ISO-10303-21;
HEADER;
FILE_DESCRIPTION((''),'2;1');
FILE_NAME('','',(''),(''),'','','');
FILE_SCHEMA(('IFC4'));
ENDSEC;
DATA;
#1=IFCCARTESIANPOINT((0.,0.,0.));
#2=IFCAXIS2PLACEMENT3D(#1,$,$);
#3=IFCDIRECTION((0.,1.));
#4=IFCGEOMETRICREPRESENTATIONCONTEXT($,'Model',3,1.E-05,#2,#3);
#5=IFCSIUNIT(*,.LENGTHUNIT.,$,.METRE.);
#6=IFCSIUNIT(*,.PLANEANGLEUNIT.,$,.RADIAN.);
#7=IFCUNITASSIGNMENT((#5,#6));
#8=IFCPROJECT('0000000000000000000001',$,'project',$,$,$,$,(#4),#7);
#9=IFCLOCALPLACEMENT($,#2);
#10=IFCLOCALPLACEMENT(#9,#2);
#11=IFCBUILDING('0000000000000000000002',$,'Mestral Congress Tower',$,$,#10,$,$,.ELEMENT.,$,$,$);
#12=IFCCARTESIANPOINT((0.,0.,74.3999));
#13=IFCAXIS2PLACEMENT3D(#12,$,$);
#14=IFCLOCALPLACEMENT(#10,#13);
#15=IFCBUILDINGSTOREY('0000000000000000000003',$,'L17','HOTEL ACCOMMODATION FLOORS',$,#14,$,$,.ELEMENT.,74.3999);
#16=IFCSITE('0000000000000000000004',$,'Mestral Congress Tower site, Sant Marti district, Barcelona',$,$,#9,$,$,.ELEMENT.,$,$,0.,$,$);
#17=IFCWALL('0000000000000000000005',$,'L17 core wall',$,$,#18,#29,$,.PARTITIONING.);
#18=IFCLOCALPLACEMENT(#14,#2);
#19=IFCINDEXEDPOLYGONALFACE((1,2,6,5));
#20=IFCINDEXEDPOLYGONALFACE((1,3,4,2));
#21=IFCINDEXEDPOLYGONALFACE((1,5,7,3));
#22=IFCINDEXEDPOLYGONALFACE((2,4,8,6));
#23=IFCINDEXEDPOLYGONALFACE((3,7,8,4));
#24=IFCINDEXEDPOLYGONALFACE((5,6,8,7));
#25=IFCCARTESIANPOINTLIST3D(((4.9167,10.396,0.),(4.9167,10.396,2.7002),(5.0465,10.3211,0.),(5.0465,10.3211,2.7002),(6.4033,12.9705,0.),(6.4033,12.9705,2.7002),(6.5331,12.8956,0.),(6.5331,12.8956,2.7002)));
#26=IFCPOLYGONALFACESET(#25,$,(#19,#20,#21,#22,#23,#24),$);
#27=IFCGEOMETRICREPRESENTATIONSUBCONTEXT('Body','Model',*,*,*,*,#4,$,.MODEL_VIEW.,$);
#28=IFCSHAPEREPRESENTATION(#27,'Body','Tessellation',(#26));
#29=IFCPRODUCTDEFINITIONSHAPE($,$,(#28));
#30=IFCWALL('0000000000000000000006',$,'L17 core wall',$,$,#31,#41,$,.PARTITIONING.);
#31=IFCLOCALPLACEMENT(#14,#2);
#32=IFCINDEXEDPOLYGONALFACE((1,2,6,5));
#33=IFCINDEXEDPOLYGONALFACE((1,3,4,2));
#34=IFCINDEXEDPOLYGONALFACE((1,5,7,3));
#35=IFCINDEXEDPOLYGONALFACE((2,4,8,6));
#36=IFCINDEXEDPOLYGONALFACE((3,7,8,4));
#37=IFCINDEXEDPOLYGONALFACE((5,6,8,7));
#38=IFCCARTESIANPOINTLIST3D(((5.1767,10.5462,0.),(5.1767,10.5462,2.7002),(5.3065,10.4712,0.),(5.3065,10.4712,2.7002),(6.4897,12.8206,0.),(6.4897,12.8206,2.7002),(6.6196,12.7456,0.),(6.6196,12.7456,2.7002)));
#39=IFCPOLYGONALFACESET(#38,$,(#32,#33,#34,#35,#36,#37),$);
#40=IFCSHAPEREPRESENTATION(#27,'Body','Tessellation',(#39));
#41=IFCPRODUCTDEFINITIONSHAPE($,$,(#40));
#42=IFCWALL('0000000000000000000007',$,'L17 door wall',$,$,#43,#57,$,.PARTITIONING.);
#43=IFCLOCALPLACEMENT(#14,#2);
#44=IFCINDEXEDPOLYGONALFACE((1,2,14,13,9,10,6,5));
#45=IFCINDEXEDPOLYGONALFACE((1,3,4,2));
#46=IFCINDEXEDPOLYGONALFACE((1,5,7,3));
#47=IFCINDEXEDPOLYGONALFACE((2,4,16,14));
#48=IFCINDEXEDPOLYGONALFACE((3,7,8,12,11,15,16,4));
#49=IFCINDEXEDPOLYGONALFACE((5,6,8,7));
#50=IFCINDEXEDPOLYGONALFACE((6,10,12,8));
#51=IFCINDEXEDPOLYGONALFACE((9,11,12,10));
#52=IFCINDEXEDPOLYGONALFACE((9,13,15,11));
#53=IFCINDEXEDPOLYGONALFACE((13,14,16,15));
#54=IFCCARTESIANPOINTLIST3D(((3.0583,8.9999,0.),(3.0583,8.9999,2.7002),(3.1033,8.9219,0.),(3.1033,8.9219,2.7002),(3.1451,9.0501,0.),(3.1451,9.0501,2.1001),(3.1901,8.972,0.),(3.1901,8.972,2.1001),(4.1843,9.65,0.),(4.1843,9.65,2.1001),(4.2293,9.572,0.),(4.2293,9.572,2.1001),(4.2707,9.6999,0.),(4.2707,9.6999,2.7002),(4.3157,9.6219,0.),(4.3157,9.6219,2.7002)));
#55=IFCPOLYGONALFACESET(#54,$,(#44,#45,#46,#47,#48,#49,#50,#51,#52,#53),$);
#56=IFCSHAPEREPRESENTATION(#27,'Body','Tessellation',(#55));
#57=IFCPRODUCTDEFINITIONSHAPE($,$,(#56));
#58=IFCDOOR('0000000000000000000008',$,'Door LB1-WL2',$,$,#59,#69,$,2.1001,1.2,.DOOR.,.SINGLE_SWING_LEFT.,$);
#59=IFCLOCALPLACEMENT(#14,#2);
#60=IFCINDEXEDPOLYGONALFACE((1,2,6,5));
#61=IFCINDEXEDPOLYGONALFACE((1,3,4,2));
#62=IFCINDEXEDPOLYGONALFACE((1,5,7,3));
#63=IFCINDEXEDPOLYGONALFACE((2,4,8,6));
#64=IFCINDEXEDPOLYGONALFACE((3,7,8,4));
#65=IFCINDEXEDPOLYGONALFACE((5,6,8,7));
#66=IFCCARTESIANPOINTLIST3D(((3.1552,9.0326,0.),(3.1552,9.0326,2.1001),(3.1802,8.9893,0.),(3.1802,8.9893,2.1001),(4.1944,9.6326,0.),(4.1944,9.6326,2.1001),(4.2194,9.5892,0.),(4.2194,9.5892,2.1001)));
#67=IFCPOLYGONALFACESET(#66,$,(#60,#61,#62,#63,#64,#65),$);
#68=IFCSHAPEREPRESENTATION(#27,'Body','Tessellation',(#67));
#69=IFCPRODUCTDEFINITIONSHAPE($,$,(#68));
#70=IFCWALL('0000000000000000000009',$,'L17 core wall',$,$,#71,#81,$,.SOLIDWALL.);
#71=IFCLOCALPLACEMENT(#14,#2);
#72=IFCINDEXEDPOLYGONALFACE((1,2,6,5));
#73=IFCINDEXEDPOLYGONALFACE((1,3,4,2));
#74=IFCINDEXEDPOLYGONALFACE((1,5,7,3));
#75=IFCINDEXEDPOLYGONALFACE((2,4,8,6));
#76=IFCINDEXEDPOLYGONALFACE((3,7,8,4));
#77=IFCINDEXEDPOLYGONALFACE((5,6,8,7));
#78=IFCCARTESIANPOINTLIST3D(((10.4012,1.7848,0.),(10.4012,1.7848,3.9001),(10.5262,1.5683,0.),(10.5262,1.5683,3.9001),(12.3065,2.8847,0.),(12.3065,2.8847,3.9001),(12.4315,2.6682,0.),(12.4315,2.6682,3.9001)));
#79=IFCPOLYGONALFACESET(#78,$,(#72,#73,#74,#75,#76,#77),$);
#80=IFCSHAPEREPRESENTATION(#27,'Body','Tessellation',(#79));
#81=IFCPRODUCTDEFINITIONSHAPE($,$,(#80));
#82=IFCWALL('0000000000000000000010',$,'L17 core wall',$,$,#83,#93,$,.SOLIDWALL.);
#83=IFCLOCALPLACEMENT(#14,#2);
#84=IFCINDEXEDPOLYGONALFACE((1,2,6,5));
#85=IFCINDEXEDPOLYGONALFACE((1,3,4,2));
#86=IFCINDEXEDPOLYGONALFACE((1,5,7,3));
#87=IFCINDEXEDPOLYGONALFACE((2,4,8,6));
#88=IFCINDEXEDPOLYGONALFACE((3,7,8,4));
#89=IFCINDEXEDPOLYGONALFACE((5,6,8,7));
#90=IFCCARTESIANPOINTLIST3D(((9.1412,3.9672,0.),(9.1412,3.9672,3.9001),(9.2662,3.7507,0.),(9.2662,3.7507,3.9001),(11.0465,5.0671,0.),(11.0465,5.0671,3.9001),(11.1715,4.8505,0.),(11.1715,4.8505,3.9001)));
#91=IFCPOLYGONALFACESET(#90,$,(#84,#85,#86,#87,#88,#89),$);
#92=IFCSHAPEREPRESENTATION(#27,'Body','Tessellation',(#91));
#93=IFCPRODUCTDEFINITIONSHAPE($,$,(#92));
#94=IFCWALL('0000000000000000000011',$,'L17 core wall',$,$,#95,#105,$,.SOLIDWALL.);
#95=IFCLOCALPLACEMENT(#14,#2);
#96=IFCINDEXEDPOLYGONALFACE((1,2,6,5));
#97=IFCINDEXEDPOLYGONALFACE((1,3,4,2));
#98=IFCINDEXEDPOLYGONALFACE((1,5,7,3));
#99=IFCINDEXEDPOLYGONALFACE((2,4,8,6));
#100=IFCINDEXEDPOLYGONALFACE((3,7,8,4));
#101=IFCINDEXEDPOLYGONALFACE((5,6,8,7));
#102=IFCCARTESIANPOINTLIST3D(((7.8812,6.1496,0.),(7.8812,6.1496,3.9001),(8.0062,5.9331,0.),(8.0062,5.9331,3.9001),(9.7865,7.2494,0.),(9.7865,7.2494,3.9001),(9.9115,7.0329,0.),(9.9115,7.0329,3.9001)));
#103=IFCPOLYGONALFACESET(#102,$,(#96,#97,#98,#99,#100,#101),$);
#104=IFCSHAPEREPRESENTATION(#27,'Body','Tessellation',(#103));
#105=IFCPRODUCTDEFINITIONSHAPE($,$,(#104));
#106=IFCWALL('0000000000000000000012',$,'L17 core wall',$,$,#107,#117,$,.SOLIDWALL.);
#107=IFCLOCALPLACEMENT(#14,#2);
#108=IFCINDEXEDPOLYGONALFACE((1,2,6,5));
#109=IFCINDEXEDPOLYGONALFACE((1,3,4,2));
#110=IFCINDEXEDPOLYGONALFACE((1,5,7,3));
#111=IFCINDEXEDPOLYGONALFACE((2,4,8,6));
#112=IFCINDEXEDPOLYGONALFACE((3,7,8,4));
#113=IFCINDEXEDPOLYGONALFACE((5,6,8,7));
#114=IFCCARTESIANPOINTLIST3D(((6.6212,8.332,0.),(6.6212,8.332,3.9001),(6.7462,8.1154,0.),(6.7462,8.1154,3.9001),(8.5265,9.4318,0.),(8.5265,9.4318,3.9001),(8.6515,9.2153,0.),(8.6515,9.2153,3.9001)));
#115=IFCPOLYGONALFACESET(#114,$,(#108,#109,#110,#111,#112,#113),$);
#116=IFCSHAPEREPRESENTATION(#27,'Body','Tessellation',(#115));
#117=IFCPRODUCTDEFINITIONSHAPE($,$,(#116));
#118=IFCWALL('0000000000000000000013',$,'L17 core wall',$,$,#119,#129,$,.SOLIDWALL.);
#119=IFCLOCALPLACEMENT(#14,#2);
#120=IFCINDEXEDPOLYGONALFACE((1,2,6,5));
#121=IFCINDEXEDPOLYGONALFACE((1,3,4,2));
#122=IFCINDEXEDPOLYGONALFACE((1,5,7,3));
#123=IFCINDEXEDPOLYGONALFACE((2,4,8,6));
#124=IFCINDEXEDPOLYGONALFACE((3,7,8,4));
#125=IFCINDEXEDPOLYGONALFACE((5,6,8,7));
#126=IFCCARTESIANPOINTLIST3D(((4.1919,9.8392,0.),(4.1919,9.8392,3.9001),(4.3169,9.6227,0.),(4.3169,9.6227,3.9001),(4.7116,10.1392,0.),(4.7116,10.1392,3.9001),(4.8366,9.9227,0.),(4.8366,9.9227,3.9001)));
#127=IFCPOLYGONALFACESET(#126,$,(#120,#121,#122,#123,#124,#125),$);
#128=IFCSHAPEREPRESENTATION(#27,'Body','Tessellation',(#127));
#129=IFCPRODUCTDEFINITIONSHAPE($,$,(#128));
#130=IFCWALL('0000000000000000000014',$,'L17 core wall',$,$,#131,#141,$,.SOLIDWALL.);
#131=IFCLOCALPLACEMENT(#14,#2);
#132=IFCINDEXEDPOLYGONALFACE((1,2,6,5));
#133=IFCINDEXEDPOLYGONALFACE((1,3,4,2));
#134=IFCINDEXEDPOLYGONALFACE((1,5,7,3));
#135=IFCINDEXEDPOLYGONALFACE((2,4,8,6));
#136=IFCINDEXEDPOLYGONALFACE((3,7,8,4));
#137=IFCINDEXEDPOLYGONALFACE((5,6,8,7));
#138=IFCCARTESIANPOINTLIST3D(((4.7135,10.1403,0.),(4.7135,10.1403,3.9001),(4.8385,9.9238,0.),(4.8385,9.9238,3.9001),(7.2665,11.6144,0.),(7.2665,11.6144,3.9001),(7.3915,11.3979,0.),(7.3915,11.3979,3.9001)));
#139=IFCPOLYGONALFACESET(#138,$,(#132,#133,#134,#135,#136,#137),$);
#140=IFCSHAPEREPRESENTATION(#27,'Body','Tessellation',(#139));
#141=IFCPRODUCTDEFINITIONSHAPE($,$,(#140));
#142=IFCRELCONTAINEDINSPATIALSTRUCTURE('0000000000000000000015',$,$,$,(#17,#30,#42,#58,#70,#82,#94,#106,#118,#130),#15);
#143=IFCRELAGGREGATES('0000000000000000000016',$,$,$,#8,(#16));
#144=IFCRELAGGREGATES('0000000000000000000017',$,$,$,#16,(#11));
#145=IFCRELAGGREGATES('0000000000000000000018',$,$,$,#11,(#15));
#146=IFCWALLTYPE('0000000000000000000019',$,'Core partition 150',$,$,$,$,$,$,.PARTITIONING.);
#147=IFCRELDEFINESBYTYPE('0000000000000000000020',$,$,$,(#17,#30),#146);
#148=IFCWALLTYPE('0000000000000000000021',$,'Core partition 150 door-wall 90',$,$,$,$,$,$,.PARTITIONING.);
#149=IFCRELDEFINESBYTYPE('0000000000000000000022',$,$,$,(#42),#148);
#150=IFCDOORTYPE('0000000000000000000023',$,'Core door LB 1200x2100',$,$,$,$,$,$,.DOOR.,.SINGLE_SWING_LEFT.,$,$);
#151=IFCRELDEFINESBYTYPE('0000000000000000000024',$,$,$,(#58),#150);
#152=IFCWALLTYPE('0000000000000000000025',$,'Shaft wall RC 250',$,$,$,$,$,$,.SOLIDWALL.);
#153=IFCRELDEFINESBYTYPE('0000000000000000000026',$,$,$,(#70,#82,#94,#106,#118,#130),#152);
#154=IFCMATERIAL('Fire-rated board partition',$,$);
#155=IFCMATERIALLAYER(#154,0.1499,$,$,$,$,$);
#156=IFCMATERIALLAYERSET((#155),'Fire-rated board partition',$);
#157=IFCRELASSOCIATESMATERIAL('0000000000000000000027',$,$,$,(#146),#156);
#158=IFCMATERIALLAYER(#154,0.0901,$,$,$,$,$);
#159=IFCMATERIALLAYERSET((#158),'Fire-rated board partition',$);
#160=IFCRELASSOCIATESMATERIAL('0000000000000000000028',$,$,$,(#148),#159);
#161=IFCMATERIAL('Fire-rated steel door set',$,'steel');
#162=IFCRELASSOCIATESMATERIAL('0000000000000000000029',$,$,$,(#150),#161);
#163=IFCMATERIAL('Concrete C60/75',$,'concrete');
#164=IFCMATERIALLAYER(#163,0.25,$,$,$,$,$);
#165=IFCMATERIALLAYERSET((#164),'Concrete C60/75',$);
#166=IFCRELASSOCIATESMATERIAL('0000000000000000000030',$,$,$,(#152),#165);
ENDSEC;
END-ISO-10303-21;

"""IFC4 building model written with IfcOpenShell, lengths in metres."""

from ifc_helpers import new_model, si_unit, direction, frame, frame_2d, origin, place, context, subcontext, project, spatial, rectangle, extrude, material, layer, layer_set, type_object, element, fill, save


model = new_model("IFC4")

# Units and contexts
model_context = context("Model", 3, precision=1e-05, world=origin(), true_north=direction((0.0, 1.0)))
body_context = subcontext(model_context, "Body", "Model", "MODEL_VIEW")
ifc_project = project(units=[si_unit("LENGTHUNIT", "METRE"), si_unit("PLANEANGLEUNIT", "RADIAN")], contexts=[model_context])

# Site, building, storey
site_placement = place(None, origin())
site = spatial("IfcSite", under=ifc_project, at=site_placement, Name="Mestral Congress Tower site, Sant Marti district, Barcelona", CompositionType="ELEMENT", RefElevation=0.0)
building_placement = place(site_placement, origin())
building = spatial("IfcBuilding", under=site, at=building_placement, Name="Mestral Congress Tower", CompositionType="ELEMENT")
storey_placement = place(building_placement, frame((0.0, 0.0, 74.3999)))
storey = spatial("IfcBuildingStorey", under=building, at=storey_placement, Name="L17", Description="HOTEL ACCOMMODATION FLOORS", CompositionType="ELEMENT", Elevation=74.3999)

# Walls
ifc_material_1 = material(Name="Fire-rated board partition")
ifc_layer_1 = layer(ifc_material_1, 0.1499)
ifc_layer_set_1 = layer_set([ifc_layer_1], Name="Fire-rated board partition")
wall_type_1 = type_object("IfcWallType", Name="Core partition 150", PredefinedType="PARTITIONING", material=ifc_layer_set_1)
wall_1_placement = place(storey_placement, frame((4.9817, 10.3586, 0.0), z_axis=(0.0, 0.0, 1.0), x_axis=(0.500052, 0.865995, 0.0)))
element("IfcWall", 1, at=wall_1_placement, inside=storey, type_object=wall_type_1, Name="L17 core wall", PredefinedType="PARTITIONING", context=body_context, shape_type="SweptSolid", body=[
    extrude(rectangle(XDim=2.9729, YDim=0.1499, at=frame_2d((1.4863, 0.0))), origin(), (0.0, 0.0, 1.0), 2.7002),
])
wall_2_placement = place(storey_placement, frame((5.2417, 10.5088, 0.0), z_axis=(0.0, 0.0, 1.0), x_axis=(0.499959, 0.866049, 0.0)))
element("IfcWall", 2, at=wall_2_placement, inside=storey, type_object=wall_type_1, Name="L17 core wall", PredefinedType="PARTITIONING", context=body_context, shape_type="SweptSolid", body=[
    extrude(rectangle(XDim=2.6262, YDim=0.1499, at=frame_2d((1.313, 0.0))), origin(), (0.0, 0.0, 1.0), 2.7002),
])

# Wall, opening, door
ifc_layer_2 = layer(ifc_material_1, 0.0901)
ifc_layer_set_2 = layer_set([ifc_layer_2], Name="Fire-rated board partition")
wall_type_2 = type_object("IfcWallType", Name="Core partition 150 door-wall 90", PredefinedType="PARTITIONING", material=ifc_layer_set_2)
wall_3_placement = place(storey_placement, frame((3.0808, 8.9609, 0.0), z_axis=(0.0, 0.0, 1.0), x_axis=(0.866035, 0.499984, 0.0)))
wall_3 = element("IfcWall", 3, at=wall_3_placement, inside=storey, type_object=wall_type_2, Name="L17 door wall", PredefinedType="PARTITIONING", context=body_context, shape_type="SweptSolid", body=[
    extrude(rectangle(XDim=1.3999, YDim=0.0901, at=frame_2d((0.7, 0.0))), origin(), (0.0, 0.0, 1.0), 2.7002),
])
opening_1_placement = place(wall_3_placement, frame((0.1001, 0.0, 0.0)))
opening_1 = element("IfcOpeningElement", 4, at=opening_1_placement, cuts=wall_3, PredefinedType="OPENING", context=body_context, shape_type="SweptSolid", body=[
    extrude(rectangle(XDim=1.2, YDim=2.1001, at=frame_2d((0.6001, 1.05))), frame((0.0, 0.0549, 0.0), z_axis=(0.0, -1.0, 0.0), x_axis=(1.0, 0.0, 0.0)), (0.0, 0.0, 1.0), 0.1101),
])
ifc_material_2 = material(Name="Fire-rated steel door set", Category="steel")
door_type_1 = type_object("IfcDoorType", Name="Core door LB 1200x2100", OperationType="SINGLE_SWING_LEFT", PredefinedType="DOOR", material=ifc_material_2)
door_1_placement = place(opening_1_placement, origin())
door_1 = element("IfcDoor", 5, at=door_1_placement, inside=storey, type_object=door_type_1, Name="Door LB1-WL2", OperationType="SINGLE_SWING_LEFT", OverallHeight=2.1001, OverallWidth=1.2, PredefinedType="DOOR", context=body_context, shape_type="SweptSolid", body=[
    extrude(rectangle(XDim=1.2, YDim=2.1001, at=frame_2d((0.6001, 1.05))), frame((0.0, 0.0249, 0.0), z_axis=(0.0, -1.0, 0.0), x_axis=(1.0, 0.0, 0.0)), (0.0, 0.0, 1.0), 0.05),
])
fill(opening_1, door_1)

# Walls
ifc_material_3 = material(Name="Concrete C60/75", Category="concrete")
ifc_layer_3 = layer(ifc_material_3, 0.25)
ifc_layer_set_3 = layer_set([ifc_layer_3], Name="Concrete C60/75")
wall_type_3 = type_object("IfcWallType", Name="Shaft wall RC 250", PredefinedType="SOLIDWALL", material=ifc_layer_set_3)
for number, where, z_axis, x_axis, name in (
    (6, (10.4636, 1.6765, 0.0), (0.0, 0.0, 1.0), (0.866056, 0.499947, 0.0), "L17 core wall"),
    (7, (9.2036, 3.8589, 0.0), (0.0, 0.0, 1.0), (0.866056, 0.499947, 0.0), "L17 core wall"),
    (8, (7.9436, 6.0413, 0.0), (0.0, 0.0, 1.0), (0.866056, 0.499947, 0.0), "L17 core wall"),
    (9, (6.6836, 8.2236, 0.0), (0.0, 0.0, 1.0), (0.866056, 0.499947, 0.0), "L17 core wall"),
):
    element("IfcWall", number, at=place(storey_placement, frame(where, z_axis=z_axis, x_axis=x_axis)), inside=storey, type_object=wall_type_3, Name=name, PredefinedType="SOLIDWALL", context=body_context, shape_type="SweptSolid", body=[
        extrude(rectangle(XDim=2.2, YDim=0.25, at=frame_2d((1.1001, 0.0))), origin(), (0.0, 0.0, 1.0), 3.9001),
    ])
wall_4_placement = place(storey_placement, frame((4.2544, 9.731, 0.0), z_axis=(0.0, 0.0, 1.0), x_axis=(0.866057, 0.499945, 0.0)))
element("IfcWall", 10, at=wall_4_placement, inside=storey, type_object=wall_type_3, Name="L17 core wall", PredefinedType="SOLIDWALL", context=body_context, shape_type="SweptSolid", body=[
    extrude(rectangle(XDim=0.6001, YDim=0.25, at=frame_2d((0.3, 0.0))), origin(), (0.0, 0.0, 1.0), 3.9001),
])
wall_5_placement = place(storey_placement, frame((4.7759, 10.032, 0.0), z_axis=(0.0, 0.0, 1.0), x_axis=(0.866002, 0.50004, 0.0)))
element("IfcWall", 11, at=wall_5_placement, inside=storey, type_object=wall_type_3, Name="L17 core wall", PredefinedType="SOLIDWALL", context=body_context, shape_type="SweptSolid", body=[
    extrude(rectangle(XDim=2.948, YDim=0.25, at=frame_2d((1.4741, 0.0))), origin(), (0.0, 0.0, 1.0), 3.9001),
])

save(model, "model.ifc")
